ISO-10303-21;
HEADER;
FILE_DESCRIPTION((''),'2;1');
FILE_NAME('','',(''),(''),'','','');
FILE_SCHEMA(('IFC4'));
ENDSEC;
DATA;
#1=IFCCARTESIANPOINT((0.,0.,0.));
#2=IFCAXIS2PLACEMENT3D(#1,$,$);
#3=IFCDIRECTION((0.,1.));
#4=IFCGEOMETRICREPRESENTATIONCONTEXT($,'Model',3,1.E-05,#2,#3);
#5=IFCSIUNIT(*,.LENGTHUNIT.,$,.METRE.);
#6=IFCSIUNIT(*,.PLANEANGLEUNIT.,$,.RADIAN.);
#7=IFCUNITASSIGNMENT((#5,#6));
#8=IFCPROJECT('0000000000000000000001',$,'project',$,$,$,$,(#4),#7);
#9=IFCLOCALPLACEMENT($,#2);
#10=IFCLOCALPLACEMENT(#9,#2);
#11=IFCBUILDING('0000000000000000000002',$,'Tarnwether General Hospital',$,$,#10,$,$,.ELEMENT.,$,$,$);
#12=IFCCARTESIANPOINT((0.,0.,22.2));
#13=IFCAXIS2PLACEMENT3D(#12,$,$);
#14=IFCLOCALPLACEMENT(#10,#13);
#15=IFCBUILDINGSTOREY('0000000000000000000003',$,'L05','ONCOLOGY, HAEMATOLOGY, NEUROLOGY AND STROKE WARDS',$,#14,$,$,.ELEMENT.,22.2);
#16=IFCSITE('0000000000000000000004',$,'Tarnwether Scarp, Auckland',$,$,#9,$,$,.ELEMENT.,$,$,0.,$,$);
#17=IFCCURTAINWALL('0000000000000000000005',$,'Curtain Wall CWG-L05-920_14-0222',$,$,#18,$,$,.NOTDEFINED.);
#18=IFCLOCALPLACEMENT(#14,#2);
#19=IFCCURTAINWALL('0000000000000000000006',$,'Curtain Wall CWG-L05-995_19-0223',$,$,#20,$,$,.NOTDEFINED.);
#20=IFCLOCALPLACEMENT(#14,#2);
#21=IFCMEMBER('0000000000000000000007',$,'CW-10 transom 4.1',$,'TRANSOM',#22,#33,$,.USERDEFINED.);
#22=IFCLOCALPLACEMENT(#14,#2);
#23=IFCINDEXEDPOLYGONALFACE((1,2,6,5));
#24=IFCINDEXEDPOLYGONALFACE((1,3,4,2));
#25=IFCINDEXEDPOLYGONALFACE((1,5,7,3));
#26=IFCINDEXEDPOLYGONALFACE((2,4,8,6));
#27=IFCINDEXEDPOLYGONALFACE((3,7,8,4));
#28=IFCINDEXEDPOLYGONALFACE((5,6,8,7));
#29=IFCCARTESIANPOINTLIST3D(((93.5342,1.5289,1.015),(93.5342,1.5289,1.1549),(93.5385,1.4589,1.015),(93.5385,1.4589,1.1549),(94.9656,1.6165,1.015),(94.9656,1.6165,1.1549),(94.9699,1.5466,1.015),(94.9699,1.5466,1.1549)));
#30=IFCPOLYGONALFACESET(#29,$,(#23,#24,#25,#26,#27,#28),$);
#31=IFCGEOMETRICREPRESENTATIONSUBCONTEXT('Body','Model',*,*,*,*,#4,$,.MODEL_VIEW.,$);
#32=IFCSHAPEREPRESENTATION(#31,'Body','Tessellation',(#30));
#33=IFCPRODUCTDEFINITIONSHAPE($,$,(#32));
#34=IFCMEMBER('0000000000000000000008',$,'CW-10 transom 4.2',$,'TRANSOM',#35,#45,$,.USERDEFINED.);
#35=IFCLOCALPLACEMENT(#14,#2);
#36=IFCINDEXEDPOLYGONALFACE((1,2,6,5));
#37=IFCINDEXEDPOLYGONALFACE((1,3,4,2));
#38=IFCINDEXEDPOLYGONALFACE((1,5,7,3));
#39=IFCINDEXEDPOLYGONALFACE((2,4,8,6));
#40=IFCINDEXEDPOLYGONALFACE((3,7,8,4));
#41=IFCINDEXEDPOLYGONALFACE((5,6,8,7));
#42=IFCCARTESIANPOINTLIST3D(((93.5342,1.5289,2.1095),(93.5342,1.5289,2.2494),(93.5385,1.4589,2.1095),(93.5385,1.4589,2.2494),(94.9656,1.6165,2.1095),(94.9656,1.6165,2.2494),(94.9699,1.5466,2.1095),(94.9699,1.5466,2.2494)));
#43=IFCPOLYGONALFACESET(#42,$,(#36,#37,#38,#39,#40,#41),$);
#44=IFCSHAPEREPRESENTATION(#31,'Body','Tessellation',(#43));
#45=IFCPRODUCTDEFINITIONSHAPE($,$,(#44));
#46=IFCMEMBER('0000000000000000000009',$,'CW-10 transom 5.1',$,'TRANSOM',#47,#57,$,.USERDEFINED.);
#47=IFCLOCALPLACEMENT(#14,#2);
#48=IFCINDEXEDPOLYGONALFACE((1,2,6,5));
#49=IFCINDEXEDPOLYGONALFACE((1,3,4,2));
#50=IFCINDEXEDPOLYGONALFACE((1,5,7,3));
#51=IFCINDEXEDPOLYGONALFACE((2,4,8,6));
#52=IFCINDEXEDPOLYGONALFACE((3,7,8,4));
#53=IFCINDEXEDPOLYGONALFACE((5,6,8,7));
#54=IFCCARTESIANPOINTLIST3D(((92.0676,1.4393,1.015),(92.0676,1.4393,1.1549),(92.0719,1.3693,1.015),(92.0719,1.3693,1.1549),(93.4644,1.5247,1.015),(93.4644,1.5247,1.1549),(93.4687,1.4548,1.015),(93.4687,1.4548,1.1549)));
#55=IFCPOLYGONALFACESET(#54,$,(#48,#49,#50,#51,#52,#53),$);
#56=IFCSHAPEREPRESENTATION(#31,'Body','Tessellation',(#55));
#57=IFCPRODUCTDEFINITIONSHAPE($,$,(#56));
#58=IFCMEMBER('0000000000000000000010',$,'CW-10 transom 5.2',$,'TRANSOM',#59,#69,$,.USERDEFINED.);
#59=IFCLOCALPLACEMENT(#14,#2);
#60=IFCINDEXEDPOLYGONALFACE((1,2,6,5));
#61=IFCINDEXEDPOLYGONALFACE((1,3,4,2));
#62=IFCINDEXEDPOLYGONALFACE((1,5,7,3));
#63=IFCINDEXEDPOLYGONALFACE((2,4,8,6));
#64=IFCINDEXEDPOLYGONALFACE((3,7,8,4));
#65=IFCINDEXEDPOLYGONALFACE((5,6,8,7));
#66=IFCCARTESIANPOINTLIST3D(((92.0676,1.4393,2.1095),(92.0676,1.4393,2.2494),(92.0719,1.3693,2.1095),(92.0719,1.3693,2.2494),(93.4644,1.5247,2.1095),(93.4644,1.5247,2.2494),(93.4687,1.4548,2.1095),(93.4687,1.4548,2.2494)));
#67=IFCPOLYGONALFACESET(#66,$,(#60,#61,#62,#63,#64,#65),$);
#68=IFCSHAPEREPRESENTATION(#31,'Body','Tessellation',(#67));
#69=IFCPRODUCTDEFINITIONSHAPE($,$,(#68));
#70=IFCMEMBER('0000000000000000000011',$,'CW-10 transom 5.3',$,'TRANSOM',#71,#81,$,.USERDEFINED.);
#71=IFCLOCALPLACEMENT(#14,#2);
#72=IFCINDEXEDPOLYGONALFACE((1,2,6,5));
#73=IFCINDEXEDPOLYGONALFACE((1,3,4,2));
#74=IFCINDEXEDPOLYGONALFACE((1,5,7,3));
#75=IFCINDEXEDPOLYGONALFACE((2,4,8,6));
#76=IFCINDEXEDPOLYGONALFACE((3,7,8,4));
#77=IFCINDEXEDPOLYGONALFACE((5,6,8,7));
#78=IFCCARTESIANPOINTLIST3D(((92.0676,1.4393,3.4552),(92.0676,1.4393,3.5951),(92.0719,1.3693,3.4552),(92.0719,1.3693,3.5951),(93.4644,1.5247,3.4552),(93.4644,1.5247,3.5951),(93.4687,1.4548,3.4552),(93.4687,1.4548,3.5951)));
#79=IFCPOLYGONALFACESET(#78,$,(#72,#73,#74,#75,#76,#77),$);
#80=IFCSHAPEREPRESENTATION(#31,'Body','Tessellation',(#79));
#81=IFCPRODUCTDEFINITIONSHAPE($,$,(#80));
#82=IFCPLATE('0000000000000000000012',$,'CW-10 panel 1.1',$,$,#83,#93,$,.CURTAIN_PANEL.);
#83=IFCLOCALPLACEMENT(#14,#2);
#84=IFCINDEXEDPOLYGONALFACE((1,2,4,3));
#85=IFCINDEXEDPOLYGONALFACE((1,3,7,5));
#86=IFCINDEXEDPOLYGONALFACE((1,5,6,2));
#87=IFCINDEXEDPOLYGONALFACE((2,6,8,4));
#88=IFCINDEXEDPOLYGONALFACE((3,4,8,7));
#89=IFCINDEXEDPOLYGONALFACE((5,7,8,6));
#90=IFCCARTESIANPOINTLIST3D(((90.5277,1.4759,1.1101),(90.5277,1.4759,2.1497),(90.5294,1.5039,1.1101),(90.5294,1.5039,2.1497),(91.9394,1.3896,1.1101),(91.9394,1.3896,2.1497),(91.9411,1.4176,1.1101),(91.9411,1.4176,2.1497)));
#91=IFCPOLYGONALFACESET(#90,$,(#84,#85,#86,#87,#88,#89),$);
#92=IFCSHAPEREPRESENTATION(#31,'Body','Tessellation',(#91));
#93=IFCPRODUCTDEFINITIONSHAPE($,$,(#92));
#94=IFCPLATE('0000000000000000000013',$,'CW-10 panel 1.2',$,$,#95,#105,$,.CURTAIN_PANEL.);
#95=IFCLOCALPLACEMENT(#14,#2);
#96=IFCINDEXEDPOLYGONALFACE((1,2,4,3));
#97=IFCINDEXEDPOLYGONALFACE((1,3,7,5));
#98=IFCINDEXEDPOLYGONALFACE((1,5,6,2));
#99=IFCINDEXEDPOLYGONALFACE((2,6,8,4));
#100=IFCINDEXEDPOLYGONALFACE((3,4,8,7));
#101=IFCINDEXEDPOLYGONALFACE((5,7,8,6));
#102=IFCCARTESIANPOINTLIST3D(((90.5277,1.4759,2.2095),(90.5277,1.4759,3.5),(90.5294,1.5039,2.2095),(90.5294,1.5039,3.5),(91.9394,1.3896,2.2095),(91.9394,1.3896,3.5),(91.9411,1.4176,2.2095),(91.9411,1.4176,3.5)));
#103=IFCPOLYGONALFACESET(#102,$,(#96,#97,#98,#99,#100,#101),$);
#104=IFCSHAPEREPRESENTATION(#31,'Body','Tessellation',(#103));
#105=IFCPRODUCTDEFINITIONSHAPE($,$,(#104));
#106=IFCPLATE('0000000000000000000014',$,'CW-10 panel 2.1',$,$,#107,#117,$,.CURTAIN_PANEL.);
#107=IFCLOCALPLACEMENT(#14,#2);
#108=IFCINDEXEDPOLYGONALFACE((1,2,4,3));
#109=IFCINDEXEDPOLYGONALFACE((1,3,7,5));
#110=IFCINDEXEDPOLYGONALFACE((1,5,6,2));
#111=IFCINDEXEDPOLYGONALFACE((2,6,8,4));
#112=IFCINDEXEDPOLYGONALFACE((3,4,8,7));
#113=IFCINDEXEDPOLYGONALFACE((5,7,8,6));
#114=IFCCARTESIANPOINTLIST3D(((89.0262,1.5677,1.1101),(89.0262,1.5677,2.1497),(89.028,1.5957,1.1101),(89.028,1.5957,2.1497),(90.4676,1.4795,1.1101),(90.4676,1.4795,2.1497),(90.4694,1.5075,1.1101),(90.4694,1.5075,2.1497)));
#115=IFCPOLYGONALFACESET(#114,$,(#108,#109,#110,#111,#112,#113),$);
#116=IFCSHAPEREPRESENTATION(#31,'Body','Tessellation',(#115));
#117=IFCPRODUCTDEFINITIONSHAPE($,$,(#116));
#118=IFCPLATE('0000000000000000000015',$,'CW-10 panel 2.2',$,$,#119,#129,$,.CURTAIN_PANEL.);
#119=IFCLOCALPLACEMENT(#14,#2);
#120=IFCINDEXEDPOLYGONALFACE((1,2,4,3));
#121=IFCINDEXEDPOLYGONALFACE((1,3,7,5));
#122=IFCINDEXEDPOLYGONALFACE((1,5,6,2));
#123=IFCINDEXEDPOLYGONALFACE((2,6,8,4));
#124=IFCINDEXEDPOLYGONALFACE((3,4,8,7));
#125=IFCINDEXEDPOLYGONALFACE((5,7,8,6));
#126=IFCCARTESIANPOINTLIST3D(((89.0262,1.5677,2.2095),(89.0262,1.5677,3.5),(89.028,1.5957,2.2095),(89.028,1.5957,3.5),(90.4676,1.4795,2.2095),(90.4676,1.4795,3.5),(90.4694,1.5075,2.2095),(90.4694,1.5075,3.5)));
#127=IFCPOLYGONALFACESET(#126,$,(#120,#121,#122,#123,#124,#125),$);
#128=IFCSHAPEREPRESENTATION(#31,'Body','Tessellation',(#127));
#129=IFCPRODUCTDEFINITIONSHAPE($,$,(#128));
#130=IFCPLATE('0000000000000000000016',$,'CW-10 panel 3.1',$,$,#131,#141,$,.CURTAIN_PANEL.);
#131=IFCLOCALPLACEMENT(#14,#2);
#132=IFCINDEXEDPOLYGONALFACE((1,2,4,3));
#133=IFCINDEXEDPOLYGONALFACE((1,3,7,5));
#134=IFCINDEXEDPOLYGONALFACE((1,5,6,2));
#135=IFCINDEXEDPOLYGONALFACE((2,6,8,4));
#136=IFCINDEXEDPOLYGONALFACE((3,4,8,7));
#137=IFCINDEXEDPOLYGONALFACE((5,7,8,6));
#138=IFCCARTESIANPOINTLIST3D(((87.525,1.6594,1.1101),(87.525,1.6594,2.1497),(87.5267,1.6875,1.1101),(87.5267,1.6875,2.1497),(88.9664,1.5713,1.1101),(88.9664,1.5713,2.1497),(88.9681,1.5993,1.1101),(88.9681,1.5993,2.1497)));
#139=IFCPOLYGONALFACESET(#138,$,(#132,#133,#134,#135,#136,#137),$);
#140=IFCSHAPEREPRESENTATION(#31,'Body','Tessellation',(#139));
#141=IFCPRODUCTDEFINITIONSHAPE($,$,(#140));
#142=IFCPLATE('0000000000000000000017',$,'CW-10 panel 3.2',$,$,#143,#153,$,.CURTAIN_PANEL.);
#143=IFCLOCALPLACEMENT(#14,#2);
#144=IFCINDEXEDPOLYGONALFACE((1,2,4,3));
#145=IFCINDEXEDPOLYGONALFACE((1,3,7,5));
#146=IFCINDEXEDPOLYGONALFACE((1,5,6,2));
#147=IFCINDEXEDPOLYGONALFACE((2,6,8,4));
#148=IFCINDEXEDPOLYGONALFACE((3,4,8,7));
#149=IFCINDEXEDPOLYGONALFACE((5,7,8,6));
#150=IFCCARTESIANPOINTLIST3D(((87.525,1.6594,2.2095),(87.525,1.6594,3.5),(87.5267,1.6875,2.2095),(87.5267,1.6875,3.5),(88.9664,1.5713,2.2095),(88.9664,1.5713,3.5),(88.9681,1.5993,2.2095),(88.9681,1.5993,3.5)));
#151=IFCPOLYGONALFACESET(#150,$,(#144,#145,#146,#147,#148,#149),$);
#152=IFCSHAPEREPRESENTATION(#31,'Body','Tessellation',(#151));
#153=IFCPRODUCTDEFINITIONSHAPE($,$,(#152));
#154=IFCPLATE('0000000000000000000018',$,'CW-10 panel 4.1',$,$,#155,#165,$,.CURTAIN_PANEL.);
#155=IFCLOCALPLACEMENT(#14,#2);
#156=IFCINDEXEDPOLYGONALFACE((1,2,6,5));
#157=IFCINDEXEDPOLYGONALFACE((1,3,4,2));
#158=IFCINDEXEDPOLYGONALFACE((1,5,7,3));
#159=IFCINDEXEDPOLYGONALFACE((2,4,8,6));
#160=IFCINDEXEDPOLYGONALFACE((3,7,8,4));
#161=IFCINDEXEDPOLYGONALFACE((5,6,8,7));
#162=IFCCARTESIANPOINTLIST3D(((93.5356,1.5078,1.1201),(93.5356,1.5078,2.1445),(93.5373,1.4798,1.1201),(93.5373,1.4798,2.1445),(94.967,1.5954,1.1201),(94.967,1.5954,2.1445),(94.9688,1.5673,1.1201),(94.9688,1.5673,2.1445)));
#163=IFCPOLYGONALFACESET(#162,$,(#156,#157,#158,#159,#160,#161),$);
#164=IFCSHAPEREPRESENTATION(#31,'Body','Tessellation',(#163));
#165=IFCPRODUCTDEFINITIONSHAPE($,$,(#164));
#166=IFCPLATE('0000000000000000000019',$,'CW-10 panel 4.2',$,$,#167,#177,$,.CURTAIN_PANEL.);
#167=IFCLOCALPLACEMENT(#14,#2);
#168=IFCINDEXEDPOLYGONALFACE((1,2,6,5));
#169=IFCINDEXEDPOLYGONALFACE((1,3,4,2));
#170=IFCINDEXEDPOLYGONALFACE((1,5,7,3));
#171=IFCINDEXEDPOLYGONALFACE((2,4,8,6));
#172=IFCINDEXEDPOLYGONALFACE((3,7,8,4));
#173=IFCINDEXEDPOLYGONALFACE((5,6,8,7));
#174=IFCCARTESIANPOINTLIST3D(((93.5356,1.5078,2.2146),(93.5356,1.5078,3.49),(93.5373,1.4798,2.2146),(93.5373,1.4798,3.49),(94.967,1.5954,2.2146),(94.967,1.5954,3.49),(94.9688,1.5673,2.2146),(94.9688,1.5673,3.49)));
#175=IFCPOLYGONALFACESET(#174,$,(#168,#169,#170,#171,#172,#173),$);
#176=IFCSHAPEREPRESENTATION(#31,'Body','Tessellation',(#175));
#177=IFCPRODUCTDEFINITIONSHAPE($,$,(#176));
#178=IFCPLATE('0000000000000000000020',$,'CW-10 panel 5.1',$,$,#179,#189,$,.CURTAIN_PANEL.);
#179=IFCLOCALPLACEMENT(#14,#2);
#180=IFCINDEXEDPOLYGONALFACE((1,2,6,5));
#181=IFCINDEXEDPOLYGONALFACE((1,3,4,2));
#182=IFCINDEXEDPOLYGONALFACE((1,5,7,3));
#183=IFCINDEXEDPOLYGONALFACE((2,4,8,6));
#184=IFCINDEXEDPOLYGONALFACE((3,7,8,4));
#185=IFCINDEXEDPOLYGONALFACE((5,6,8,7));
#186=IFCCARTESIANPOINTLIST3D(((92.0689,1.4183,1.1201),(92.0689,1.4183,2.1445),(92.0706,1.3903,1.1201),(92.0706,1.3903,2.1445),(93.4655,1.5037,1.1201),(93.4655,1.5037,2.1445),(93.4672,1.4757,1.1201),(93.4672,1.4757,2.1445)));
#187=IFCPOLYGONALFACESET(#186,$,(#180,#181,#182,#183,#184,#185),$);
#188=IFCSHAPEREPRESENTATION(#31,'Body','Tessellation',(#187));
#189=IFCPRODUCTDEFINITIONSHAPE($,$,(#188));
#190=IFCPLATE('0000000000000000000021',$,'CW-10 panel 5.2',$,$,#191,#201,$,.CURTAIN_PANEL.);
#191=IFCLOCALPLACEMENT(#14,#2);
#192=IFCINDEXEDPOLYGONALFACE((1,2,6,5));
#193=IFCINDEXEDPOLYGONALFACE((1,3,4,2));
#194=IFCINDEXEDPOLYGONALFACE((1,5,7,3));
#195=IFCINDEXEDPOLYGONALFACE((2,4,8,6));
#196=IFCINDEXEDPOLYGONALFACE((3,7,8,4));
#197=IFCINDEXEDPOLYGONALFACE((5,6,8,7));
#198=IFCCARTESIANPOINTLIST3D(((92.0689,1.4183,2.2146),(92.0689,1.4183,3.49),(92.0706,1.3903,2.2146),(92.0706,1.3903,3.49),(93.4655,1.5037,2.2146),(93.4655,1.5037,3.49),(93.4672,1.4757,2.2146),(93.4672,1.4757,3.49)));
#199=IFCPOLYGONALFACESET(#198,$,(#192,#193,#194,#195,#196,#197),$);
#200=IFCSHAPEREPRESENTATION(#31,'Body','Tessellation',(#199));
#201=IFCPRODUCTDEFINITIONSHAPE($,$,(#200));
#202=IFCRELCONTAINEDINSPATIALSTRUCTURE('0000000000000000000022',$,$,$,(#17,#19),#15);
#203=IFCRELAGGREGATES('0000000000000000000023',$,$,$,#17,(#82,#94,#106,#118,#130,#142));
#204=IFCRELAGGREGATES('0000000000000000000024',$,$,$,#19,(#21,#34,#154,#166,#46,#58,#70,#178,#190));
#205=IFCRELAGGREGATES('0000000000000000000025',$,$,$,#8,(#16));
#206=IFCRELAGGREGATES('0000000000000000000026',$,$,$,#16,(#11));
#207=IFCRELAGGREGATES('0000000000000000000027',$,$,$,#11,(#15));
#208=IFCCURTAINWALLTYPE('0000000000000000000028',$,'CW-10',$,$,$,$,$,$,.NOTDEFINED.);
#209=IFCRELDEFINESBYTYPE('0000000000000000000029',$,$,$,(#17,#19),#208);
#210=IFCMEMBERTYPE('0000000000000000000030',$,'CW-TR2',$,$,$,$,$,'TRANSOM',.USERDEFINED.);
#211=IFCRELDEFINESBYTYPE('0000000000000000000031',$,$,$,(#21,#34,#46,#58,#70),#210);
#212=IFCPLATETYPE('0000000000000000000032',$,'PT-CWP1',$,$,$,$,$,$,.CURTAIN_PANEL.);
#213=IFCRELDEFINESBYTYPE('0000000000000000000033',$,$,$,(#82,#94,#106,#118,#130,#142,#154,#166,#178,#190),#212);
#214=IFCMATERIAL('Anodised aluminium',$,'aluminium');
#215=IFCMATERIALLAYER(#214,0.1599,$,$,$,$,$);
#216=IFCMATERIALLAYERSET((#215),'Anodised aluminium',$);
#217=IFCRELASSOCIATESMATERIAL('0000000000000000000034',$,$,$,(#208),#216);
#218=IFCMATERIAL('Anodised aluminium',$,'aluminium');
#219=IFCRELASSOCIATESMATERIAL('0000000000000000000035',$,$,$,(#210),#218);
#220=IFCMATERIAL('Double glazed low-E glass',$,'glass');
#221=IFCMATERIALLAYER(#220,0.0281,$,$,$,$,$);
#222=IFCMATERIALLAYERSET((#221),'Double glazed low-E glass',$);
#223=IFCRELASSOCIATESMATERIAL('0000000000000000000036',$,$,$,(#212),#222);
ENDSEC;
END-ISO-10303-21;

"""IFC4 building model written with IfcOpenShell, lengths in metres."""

from ifc_helpers import new_model, si_unit, direction, frame, origin, origin_2d, place, context, subcontext, project, spatial, rectangle, extrude, material, layer, layer_set, material_profile, profile_set, type_object, element, aggregate, save


model = new_model("IFC4")

# Units and contexts
model_context = context("Model", 3, precision=1e-05, world=origin(), true_north=direction((0.0, 1.0)))
body_context = subcontext(model_context, "Body", "Model", "MODEL_VIEW")
ifc_project = project(units=[si_unit("LENGTHUNIT", "METRE"), si_unit("PLANEANGLEUNIT", "RADIAN")], contexts=[model_context])

# Site, building, storey
site_placement = place(None, origin())
site = spatial("IfcSite", under=ifc_project, at=site_placement, Name="Tarnwether Scarp, Auckland", CompositionType="ELEMENT", RefElevation=0.0)
building_placement = place(site_placement, origin())
building = spatial("IfcBuilding", under=site, at=building_placement, Name="Tarnwether General Hospital", CompositionType="ELEMENT")
storey_placement = place(building_placement, frame((0.0, 0.0, 22.2)))
storey = spatial("IfcBuildingStorey", under=building, at=storey_placement, Name="L05", Description="ONCOLOGY, HAEMATOLOGY, NEUROLOGY AND STROKE WARDS", CompositionType="ELEMENT", Elevation=22.2)

# Curtain walls
ifc_material_1 = material(Name="Anodised aluminium", Category="aluminium")
ifc_layer_1 = layer(ifc_material_1, 0.1599)
ifc_layer_set_1 = layer_set([ifc_layer_1], Name="Anodised aluminium")
curtain_wall_type = type_object("IfcCurtainWallType", Name="CW-10", PredefinedType="NOTDEFINED", material=ifc_layer_set_1)
curtain_wall_1_placement = place(storey_placement, origin())
curtain_wall_1 = element("IfcCurtainWall", 1, at=curtain_wall_1_placement, inside=storey, type_object=curtain_wall_type, Name="Curtain Wall CWG-L05-920_14-0222", PredefinedType="NOTDEFINED")
curtain_wall_2_placement = place(storey_placement, origin())
curtain_wall_2 = element("IfcCurtainWall", 2, at=curtain_wall_2_placement, inside=storey, type_object=curtain_wall_type, Name="Curtain Wall CWG-L05-995_19-0223", PredefinedType="NOTDEFINED")

# Members
ifc_material_2 = material(Name="Anodised aluminium", Category="aluminium")
ifc_material_profile_1 = material_profile(ifc_material_2, rectangle(XDim=0.0701, YDim=0.1399, at=origin_2d()), Name="ALU-TRN-70x140")
ifc_profile_set_1 = profile_set([ifc_material_profile_1], Name="Anodised aluminium")
member_type_1 = type_object("IfcMemberType", Name="CW-TR2", ElementType="TRANSOM", PredefinedType="USERDEFINED", material=ifc_profile_set_1)
member_1_placement = place(storey_placement, frame((94.9678, 1.5815, 1.085), z_axis=(-0.998131, -0.061117, 0.0), x_axis=(0.061117, -0.998131, 0.0)))
member_1 = element("IfcMember", 3, at=member_1_placement, type_object=member_type_1, Name="CW-10 transom 4.1", ObjectType="TRANSOM", PredefinedType="USERDEFINED", context=body_context, shape_type="SweptSolid", body=[
    extrude(rectangle(XDim=0.0701, YDim=0.1399, at=origin_2d()), origin(), (0.0, 0.0, 1.0), 1.4341),
])
member_2_placement = place(storey_placement, frame((94.9678, 1.5815, 2.1794), z_axis=(-0.998131, -0.061117, 0.0), x_axis=(0.061117, -0.998131, 0.0)))
member_2 = element("IfcMember", 4, at=member_2_placement, type_object=member_type_1, Name="CW-10 transom 4.2", ObjectType="TRANSOM", PredefinedType="USERDEFINED", context=body_context, shape_type="SweptSolid", body=[
    extrude(rectangle(XDim=0.0701, YDim=0.1399, at=origin_2d()), origin(), (0.0, 0.0, 1.0), 1.4341),
])
member_3_placement = place(storey_placement, frame((93.4666, 1.4897, 1.085), z_axis=(-0.998134, -0.061064, 0.0), x_axis=(0.061064, -0.998134, 0.0)))
member_3 = element("IfcMember", 5, at=member_3_placement, type_object=member_type_1, Name="CW-10 transom 5.1", ObjectType="TRANSOM", PredefinedType="USERDEFINED", context=body_context, shape_type="SweptSolid", body=[
    extrude(rectangle(XDim=0.0701, YDim=0.1399, at=origin_2d()), origin(), (0.0, 0.0, 1.0), 1.3994),
])
member_4_placement = place(storey_placement, frame((93.4666, 1.4897, 2.1794), z_axis=(-0.998134, -0.061064, 0.0), x_axis=(0.061064, -0.998134, 0.0)))
member_4 = element("IfcMember", 6, at=member_4_placement, type_object=member_type_1, Name="CW-10 transom 5.2", ObjectType="TRANSOM", PredefinedType="USERDEFINED", context=body_context, shape_type="SweptSolid", body=[
    extrude(rectangle(XDim=0.0701, YDim=0.1399, at=origin_2d()), origin(), (0.0, 0.0, 1.0), 1.3994),
])
member_5_placement = place(storey_placement, frame((93.4666, 1.4897, 3.5251), z_axis=(-0.998134, -0.061064, 0.0), x_axis=(0.061064, -0.998134, 0.0)))
member_5 = element("IfcMember", 7, at=member_5_placement, type_object=member_type_1, Name="CW-10 transom 5.3", ObjectType="TRANSOM", PredefinedType="USERDEFINED", context=body_context, shape_type="SweptSolid", body=[
    extrude(rectangle(XDim=0.0701, YDim=0.1399, at=origin_2d()), origin(), (0.0, 0.0, 1.0), 1.3994),
])

# Plates
ifc_material_3 = material(Name="Double glazed low-E glass", Category="glass")
ifc_layer_2 = layer(ifc_material_3, 0.0281)
ifc_layer_set_2 = layer_set([ifc_layer_2], Name="Double glazed low-E glass")
plate_type = type_object("IfcPlateType", Name="PT-CWP1", PredefinedType="CURTAIN_PANEL", material=ifc_layer_set_2)
plate_1_placement = place(storey_placement, frame((91.2344, 1.4468, 1.1101), z_axis=(0.0, 0.0, 1.0), x_axis=(-0.998136, 0.061029, 0.0)))
plate_1 = element("IfcPlate", 8, at=plate_1_placement, type_object=plate_type, Name="CW-10 panel 1.1", PredefinedType="CURTAIN_PANEL", context=body_context, shape_type="SweptSolid", body=[
    extrude(rectangle(XDim=1.4143, YDim=0.0281, at=origin_2d()), origin(), (0.0, 0.0, 1.0), 1.0396),
])
plate_2_placement = place(storey_placement, frame((91.2344, 1.4468, 2.2095), z_axis=(0.0, 0.0, 1.0), x_axis=(-0.998136, 0.061029, 0.0)))
plate_2 = element("IfcPlate", 9, at=plate_2_placement, type_object=plate_type, Name="CW-10 panel 1.2", PredefinedType="CURTAIN_PANEL", context=body_context, shape_type="SweptSolid", body=[
    extrude(rectangle(XDim=1.4143, YDim=0.0281, at=origin_2d()), origin(), (0.0, 0.0, 1.0), 1.2905),
])
plate_3_placement = place(storey_placement, frame((89.7478, 1.5376, 1.1101), z_axis=(0.0, 0.0, 1.0), x_axis=(-0.998136, 0.061029, 0.0)))
plate_3 = element("IfcPlate", 10, at=plate_3_placement, type_object=plate_type, Name="CW-10 panel 2.1", PredefinedType="CURTAIN_PANEL", context=body_context, shape_type="SweptSolid", body=[
    extrude(rectangle(XDim=1.4441, YDim=0.0281, at=origin_2d()), origin(), (0.0, 0.0, 1.0), 1.0396),
])
plate_4_placement = place(storey_placement, frame((89.7478, 1.5376, 2.2095), z_axis=(0.0, 0.0, 1.0), x_axis=(-0.998136, 0.061029, 0.0)))
plate_4 = element("IfcPlate", 11, at=plate_4_placement, type_object=plate_type, Name="CW-10 panel 2.2", PredefinedType="CURTAIN_PANEL", context=body_context, shape_type="SweptSolid", body=[
    extrude(rectangle(XDim=1.4441, YDim=0.0281, at=origin_2d()), origin(), (0.0, 0.0, 1.0), 1.2905),
])
plate_5_placement = place(storey_placement, frame((88.2466, 1.6294, 1.1101), z_axis=(0.0, 0.0, 1.0), x_axis=(-0.998136, 0.061029, 0.0)))
plate_5 = element("IfcPlate", 12, at=plate_5_placement, type_object=plate_type, Name="CW-10 panel 3.1", PredefinedType="CURTAIN_PANEL", context=body_context, shape_type="SweptSolid", body=[
    extrude(rectangle(XDim=1.4441, YDim=0.0281, at=origin_2d()), origin(), (0.0, 0.0, 1.0), 1.0396),
])
plate_6_placement = place(storey_placement, frame((88.2466, 1.6294, 2.2095), z_axis=(0.0, 0.0, 1.0), x_axis=(-0.998136, 0.061029, 0.0)))
plate_6 = element("IfcPlate", 13, at=plate_6_placement, type_object=plate_type, Name="CW-10 panel 3.2", PredefinedType="CURTAIN_PANEL", context=body_context, shape_type="SweptSolid", body=[
    extrude(rectangle(XDim=1.4441, YDim=0.0281, at=origin_2d()), origin(), (0.0, 0.0, 1.0), 1.2905),
])
aggregate(curtain_wall_1, [plate_1, plate_2, plate_3, plate_4, plate_5, plate_6])
plate_7_placement = place(storey_placement, frame((94.2522, 1.5376, 1.1201), z_axis=(0.0, 0.0, 1.0), x_axis=(-0.998136, -0.061029, 0.0)))
plate_7 = element("IfcPlate", 14, at=plate_7_placement, type_object=plate_type, Name="CW-10 panel 4.1", PredefinedType="CURTAIN_PANEL", context=body_context, shape_type="SweptSolid", body=[
    extrude(rectangle(XDim=1.4341, YDim=0.0281, at=origin_2d()), origin(), (0.0, 0.0, 1.0), 1.0244),
])
plate_8_placement = place(storey_placement, frame((94.2522, 1.5376, 2.2146), z_axis=(0.0, 0.0, 1.0), x_axis=(-0.998136, -0.061029, 0.0)))
plate_8 = element("IfcPlate", 15, at=plate_8_placement, type_object=plate_type, Name="CW-10 panel 4.2", PredefinedType="CURTAIN_PANEL", context=body_context, shape_type="SweptSolid", body=[
    extrude(rectangle(XDim=1.4341, YDim=0.0281, at=origin_2d()), origin(), (0.0, 0.0, 1.0), 1.2754),
])
plate_9_placement = place(storey_placement, frame((92.7681, 1.447, 1.1201), z_axis=(0.0, 0.0, 1.0), x_axis=(-0.998136, -0.061029, 0.0)))
plate_9 = element("IfcPlate", 16, at=plate_9_placement, type_object=plate_type, Name="CW-10 panel 5.1", PredefinedType="CURTAIN_PANEL", context=body_context, shape_type="SweptSolid", body=[
    extrude(rectangle(XDim=1.3992, YDim=0.0281, at=origin_2d()), origin(), (0.0, 0.0, 1.0), 1.0244),
])
plate_10_placement = place(storey_placement, frame((92.7681, 1.447, 2.2146), z_axis=(0.0, 0.0, 1.0), x_axis=(-0.998136, -0.061029, 0.0)))
plate_10 = element("IfcPlate", 17, at=plate_10_placement, type_object=plate_type, Name="CW-10 panel 5.2", PredefinedType="CURTAIN_PANEL", context=body_context, shape_type="SweptSolid", body=[
    extrude(rectangle(XDim=1.3992, YDim=0.0281, at=origin_2d()), origin(), (0.0, 0.0, 1.0), 1.2754),
])
aggregate(curtain_wall_2, [member_1, member_2, plate_7, plate_8, member_3, member_4, member_5, plate_9, plate_10])

save(model, "model.ifc")
